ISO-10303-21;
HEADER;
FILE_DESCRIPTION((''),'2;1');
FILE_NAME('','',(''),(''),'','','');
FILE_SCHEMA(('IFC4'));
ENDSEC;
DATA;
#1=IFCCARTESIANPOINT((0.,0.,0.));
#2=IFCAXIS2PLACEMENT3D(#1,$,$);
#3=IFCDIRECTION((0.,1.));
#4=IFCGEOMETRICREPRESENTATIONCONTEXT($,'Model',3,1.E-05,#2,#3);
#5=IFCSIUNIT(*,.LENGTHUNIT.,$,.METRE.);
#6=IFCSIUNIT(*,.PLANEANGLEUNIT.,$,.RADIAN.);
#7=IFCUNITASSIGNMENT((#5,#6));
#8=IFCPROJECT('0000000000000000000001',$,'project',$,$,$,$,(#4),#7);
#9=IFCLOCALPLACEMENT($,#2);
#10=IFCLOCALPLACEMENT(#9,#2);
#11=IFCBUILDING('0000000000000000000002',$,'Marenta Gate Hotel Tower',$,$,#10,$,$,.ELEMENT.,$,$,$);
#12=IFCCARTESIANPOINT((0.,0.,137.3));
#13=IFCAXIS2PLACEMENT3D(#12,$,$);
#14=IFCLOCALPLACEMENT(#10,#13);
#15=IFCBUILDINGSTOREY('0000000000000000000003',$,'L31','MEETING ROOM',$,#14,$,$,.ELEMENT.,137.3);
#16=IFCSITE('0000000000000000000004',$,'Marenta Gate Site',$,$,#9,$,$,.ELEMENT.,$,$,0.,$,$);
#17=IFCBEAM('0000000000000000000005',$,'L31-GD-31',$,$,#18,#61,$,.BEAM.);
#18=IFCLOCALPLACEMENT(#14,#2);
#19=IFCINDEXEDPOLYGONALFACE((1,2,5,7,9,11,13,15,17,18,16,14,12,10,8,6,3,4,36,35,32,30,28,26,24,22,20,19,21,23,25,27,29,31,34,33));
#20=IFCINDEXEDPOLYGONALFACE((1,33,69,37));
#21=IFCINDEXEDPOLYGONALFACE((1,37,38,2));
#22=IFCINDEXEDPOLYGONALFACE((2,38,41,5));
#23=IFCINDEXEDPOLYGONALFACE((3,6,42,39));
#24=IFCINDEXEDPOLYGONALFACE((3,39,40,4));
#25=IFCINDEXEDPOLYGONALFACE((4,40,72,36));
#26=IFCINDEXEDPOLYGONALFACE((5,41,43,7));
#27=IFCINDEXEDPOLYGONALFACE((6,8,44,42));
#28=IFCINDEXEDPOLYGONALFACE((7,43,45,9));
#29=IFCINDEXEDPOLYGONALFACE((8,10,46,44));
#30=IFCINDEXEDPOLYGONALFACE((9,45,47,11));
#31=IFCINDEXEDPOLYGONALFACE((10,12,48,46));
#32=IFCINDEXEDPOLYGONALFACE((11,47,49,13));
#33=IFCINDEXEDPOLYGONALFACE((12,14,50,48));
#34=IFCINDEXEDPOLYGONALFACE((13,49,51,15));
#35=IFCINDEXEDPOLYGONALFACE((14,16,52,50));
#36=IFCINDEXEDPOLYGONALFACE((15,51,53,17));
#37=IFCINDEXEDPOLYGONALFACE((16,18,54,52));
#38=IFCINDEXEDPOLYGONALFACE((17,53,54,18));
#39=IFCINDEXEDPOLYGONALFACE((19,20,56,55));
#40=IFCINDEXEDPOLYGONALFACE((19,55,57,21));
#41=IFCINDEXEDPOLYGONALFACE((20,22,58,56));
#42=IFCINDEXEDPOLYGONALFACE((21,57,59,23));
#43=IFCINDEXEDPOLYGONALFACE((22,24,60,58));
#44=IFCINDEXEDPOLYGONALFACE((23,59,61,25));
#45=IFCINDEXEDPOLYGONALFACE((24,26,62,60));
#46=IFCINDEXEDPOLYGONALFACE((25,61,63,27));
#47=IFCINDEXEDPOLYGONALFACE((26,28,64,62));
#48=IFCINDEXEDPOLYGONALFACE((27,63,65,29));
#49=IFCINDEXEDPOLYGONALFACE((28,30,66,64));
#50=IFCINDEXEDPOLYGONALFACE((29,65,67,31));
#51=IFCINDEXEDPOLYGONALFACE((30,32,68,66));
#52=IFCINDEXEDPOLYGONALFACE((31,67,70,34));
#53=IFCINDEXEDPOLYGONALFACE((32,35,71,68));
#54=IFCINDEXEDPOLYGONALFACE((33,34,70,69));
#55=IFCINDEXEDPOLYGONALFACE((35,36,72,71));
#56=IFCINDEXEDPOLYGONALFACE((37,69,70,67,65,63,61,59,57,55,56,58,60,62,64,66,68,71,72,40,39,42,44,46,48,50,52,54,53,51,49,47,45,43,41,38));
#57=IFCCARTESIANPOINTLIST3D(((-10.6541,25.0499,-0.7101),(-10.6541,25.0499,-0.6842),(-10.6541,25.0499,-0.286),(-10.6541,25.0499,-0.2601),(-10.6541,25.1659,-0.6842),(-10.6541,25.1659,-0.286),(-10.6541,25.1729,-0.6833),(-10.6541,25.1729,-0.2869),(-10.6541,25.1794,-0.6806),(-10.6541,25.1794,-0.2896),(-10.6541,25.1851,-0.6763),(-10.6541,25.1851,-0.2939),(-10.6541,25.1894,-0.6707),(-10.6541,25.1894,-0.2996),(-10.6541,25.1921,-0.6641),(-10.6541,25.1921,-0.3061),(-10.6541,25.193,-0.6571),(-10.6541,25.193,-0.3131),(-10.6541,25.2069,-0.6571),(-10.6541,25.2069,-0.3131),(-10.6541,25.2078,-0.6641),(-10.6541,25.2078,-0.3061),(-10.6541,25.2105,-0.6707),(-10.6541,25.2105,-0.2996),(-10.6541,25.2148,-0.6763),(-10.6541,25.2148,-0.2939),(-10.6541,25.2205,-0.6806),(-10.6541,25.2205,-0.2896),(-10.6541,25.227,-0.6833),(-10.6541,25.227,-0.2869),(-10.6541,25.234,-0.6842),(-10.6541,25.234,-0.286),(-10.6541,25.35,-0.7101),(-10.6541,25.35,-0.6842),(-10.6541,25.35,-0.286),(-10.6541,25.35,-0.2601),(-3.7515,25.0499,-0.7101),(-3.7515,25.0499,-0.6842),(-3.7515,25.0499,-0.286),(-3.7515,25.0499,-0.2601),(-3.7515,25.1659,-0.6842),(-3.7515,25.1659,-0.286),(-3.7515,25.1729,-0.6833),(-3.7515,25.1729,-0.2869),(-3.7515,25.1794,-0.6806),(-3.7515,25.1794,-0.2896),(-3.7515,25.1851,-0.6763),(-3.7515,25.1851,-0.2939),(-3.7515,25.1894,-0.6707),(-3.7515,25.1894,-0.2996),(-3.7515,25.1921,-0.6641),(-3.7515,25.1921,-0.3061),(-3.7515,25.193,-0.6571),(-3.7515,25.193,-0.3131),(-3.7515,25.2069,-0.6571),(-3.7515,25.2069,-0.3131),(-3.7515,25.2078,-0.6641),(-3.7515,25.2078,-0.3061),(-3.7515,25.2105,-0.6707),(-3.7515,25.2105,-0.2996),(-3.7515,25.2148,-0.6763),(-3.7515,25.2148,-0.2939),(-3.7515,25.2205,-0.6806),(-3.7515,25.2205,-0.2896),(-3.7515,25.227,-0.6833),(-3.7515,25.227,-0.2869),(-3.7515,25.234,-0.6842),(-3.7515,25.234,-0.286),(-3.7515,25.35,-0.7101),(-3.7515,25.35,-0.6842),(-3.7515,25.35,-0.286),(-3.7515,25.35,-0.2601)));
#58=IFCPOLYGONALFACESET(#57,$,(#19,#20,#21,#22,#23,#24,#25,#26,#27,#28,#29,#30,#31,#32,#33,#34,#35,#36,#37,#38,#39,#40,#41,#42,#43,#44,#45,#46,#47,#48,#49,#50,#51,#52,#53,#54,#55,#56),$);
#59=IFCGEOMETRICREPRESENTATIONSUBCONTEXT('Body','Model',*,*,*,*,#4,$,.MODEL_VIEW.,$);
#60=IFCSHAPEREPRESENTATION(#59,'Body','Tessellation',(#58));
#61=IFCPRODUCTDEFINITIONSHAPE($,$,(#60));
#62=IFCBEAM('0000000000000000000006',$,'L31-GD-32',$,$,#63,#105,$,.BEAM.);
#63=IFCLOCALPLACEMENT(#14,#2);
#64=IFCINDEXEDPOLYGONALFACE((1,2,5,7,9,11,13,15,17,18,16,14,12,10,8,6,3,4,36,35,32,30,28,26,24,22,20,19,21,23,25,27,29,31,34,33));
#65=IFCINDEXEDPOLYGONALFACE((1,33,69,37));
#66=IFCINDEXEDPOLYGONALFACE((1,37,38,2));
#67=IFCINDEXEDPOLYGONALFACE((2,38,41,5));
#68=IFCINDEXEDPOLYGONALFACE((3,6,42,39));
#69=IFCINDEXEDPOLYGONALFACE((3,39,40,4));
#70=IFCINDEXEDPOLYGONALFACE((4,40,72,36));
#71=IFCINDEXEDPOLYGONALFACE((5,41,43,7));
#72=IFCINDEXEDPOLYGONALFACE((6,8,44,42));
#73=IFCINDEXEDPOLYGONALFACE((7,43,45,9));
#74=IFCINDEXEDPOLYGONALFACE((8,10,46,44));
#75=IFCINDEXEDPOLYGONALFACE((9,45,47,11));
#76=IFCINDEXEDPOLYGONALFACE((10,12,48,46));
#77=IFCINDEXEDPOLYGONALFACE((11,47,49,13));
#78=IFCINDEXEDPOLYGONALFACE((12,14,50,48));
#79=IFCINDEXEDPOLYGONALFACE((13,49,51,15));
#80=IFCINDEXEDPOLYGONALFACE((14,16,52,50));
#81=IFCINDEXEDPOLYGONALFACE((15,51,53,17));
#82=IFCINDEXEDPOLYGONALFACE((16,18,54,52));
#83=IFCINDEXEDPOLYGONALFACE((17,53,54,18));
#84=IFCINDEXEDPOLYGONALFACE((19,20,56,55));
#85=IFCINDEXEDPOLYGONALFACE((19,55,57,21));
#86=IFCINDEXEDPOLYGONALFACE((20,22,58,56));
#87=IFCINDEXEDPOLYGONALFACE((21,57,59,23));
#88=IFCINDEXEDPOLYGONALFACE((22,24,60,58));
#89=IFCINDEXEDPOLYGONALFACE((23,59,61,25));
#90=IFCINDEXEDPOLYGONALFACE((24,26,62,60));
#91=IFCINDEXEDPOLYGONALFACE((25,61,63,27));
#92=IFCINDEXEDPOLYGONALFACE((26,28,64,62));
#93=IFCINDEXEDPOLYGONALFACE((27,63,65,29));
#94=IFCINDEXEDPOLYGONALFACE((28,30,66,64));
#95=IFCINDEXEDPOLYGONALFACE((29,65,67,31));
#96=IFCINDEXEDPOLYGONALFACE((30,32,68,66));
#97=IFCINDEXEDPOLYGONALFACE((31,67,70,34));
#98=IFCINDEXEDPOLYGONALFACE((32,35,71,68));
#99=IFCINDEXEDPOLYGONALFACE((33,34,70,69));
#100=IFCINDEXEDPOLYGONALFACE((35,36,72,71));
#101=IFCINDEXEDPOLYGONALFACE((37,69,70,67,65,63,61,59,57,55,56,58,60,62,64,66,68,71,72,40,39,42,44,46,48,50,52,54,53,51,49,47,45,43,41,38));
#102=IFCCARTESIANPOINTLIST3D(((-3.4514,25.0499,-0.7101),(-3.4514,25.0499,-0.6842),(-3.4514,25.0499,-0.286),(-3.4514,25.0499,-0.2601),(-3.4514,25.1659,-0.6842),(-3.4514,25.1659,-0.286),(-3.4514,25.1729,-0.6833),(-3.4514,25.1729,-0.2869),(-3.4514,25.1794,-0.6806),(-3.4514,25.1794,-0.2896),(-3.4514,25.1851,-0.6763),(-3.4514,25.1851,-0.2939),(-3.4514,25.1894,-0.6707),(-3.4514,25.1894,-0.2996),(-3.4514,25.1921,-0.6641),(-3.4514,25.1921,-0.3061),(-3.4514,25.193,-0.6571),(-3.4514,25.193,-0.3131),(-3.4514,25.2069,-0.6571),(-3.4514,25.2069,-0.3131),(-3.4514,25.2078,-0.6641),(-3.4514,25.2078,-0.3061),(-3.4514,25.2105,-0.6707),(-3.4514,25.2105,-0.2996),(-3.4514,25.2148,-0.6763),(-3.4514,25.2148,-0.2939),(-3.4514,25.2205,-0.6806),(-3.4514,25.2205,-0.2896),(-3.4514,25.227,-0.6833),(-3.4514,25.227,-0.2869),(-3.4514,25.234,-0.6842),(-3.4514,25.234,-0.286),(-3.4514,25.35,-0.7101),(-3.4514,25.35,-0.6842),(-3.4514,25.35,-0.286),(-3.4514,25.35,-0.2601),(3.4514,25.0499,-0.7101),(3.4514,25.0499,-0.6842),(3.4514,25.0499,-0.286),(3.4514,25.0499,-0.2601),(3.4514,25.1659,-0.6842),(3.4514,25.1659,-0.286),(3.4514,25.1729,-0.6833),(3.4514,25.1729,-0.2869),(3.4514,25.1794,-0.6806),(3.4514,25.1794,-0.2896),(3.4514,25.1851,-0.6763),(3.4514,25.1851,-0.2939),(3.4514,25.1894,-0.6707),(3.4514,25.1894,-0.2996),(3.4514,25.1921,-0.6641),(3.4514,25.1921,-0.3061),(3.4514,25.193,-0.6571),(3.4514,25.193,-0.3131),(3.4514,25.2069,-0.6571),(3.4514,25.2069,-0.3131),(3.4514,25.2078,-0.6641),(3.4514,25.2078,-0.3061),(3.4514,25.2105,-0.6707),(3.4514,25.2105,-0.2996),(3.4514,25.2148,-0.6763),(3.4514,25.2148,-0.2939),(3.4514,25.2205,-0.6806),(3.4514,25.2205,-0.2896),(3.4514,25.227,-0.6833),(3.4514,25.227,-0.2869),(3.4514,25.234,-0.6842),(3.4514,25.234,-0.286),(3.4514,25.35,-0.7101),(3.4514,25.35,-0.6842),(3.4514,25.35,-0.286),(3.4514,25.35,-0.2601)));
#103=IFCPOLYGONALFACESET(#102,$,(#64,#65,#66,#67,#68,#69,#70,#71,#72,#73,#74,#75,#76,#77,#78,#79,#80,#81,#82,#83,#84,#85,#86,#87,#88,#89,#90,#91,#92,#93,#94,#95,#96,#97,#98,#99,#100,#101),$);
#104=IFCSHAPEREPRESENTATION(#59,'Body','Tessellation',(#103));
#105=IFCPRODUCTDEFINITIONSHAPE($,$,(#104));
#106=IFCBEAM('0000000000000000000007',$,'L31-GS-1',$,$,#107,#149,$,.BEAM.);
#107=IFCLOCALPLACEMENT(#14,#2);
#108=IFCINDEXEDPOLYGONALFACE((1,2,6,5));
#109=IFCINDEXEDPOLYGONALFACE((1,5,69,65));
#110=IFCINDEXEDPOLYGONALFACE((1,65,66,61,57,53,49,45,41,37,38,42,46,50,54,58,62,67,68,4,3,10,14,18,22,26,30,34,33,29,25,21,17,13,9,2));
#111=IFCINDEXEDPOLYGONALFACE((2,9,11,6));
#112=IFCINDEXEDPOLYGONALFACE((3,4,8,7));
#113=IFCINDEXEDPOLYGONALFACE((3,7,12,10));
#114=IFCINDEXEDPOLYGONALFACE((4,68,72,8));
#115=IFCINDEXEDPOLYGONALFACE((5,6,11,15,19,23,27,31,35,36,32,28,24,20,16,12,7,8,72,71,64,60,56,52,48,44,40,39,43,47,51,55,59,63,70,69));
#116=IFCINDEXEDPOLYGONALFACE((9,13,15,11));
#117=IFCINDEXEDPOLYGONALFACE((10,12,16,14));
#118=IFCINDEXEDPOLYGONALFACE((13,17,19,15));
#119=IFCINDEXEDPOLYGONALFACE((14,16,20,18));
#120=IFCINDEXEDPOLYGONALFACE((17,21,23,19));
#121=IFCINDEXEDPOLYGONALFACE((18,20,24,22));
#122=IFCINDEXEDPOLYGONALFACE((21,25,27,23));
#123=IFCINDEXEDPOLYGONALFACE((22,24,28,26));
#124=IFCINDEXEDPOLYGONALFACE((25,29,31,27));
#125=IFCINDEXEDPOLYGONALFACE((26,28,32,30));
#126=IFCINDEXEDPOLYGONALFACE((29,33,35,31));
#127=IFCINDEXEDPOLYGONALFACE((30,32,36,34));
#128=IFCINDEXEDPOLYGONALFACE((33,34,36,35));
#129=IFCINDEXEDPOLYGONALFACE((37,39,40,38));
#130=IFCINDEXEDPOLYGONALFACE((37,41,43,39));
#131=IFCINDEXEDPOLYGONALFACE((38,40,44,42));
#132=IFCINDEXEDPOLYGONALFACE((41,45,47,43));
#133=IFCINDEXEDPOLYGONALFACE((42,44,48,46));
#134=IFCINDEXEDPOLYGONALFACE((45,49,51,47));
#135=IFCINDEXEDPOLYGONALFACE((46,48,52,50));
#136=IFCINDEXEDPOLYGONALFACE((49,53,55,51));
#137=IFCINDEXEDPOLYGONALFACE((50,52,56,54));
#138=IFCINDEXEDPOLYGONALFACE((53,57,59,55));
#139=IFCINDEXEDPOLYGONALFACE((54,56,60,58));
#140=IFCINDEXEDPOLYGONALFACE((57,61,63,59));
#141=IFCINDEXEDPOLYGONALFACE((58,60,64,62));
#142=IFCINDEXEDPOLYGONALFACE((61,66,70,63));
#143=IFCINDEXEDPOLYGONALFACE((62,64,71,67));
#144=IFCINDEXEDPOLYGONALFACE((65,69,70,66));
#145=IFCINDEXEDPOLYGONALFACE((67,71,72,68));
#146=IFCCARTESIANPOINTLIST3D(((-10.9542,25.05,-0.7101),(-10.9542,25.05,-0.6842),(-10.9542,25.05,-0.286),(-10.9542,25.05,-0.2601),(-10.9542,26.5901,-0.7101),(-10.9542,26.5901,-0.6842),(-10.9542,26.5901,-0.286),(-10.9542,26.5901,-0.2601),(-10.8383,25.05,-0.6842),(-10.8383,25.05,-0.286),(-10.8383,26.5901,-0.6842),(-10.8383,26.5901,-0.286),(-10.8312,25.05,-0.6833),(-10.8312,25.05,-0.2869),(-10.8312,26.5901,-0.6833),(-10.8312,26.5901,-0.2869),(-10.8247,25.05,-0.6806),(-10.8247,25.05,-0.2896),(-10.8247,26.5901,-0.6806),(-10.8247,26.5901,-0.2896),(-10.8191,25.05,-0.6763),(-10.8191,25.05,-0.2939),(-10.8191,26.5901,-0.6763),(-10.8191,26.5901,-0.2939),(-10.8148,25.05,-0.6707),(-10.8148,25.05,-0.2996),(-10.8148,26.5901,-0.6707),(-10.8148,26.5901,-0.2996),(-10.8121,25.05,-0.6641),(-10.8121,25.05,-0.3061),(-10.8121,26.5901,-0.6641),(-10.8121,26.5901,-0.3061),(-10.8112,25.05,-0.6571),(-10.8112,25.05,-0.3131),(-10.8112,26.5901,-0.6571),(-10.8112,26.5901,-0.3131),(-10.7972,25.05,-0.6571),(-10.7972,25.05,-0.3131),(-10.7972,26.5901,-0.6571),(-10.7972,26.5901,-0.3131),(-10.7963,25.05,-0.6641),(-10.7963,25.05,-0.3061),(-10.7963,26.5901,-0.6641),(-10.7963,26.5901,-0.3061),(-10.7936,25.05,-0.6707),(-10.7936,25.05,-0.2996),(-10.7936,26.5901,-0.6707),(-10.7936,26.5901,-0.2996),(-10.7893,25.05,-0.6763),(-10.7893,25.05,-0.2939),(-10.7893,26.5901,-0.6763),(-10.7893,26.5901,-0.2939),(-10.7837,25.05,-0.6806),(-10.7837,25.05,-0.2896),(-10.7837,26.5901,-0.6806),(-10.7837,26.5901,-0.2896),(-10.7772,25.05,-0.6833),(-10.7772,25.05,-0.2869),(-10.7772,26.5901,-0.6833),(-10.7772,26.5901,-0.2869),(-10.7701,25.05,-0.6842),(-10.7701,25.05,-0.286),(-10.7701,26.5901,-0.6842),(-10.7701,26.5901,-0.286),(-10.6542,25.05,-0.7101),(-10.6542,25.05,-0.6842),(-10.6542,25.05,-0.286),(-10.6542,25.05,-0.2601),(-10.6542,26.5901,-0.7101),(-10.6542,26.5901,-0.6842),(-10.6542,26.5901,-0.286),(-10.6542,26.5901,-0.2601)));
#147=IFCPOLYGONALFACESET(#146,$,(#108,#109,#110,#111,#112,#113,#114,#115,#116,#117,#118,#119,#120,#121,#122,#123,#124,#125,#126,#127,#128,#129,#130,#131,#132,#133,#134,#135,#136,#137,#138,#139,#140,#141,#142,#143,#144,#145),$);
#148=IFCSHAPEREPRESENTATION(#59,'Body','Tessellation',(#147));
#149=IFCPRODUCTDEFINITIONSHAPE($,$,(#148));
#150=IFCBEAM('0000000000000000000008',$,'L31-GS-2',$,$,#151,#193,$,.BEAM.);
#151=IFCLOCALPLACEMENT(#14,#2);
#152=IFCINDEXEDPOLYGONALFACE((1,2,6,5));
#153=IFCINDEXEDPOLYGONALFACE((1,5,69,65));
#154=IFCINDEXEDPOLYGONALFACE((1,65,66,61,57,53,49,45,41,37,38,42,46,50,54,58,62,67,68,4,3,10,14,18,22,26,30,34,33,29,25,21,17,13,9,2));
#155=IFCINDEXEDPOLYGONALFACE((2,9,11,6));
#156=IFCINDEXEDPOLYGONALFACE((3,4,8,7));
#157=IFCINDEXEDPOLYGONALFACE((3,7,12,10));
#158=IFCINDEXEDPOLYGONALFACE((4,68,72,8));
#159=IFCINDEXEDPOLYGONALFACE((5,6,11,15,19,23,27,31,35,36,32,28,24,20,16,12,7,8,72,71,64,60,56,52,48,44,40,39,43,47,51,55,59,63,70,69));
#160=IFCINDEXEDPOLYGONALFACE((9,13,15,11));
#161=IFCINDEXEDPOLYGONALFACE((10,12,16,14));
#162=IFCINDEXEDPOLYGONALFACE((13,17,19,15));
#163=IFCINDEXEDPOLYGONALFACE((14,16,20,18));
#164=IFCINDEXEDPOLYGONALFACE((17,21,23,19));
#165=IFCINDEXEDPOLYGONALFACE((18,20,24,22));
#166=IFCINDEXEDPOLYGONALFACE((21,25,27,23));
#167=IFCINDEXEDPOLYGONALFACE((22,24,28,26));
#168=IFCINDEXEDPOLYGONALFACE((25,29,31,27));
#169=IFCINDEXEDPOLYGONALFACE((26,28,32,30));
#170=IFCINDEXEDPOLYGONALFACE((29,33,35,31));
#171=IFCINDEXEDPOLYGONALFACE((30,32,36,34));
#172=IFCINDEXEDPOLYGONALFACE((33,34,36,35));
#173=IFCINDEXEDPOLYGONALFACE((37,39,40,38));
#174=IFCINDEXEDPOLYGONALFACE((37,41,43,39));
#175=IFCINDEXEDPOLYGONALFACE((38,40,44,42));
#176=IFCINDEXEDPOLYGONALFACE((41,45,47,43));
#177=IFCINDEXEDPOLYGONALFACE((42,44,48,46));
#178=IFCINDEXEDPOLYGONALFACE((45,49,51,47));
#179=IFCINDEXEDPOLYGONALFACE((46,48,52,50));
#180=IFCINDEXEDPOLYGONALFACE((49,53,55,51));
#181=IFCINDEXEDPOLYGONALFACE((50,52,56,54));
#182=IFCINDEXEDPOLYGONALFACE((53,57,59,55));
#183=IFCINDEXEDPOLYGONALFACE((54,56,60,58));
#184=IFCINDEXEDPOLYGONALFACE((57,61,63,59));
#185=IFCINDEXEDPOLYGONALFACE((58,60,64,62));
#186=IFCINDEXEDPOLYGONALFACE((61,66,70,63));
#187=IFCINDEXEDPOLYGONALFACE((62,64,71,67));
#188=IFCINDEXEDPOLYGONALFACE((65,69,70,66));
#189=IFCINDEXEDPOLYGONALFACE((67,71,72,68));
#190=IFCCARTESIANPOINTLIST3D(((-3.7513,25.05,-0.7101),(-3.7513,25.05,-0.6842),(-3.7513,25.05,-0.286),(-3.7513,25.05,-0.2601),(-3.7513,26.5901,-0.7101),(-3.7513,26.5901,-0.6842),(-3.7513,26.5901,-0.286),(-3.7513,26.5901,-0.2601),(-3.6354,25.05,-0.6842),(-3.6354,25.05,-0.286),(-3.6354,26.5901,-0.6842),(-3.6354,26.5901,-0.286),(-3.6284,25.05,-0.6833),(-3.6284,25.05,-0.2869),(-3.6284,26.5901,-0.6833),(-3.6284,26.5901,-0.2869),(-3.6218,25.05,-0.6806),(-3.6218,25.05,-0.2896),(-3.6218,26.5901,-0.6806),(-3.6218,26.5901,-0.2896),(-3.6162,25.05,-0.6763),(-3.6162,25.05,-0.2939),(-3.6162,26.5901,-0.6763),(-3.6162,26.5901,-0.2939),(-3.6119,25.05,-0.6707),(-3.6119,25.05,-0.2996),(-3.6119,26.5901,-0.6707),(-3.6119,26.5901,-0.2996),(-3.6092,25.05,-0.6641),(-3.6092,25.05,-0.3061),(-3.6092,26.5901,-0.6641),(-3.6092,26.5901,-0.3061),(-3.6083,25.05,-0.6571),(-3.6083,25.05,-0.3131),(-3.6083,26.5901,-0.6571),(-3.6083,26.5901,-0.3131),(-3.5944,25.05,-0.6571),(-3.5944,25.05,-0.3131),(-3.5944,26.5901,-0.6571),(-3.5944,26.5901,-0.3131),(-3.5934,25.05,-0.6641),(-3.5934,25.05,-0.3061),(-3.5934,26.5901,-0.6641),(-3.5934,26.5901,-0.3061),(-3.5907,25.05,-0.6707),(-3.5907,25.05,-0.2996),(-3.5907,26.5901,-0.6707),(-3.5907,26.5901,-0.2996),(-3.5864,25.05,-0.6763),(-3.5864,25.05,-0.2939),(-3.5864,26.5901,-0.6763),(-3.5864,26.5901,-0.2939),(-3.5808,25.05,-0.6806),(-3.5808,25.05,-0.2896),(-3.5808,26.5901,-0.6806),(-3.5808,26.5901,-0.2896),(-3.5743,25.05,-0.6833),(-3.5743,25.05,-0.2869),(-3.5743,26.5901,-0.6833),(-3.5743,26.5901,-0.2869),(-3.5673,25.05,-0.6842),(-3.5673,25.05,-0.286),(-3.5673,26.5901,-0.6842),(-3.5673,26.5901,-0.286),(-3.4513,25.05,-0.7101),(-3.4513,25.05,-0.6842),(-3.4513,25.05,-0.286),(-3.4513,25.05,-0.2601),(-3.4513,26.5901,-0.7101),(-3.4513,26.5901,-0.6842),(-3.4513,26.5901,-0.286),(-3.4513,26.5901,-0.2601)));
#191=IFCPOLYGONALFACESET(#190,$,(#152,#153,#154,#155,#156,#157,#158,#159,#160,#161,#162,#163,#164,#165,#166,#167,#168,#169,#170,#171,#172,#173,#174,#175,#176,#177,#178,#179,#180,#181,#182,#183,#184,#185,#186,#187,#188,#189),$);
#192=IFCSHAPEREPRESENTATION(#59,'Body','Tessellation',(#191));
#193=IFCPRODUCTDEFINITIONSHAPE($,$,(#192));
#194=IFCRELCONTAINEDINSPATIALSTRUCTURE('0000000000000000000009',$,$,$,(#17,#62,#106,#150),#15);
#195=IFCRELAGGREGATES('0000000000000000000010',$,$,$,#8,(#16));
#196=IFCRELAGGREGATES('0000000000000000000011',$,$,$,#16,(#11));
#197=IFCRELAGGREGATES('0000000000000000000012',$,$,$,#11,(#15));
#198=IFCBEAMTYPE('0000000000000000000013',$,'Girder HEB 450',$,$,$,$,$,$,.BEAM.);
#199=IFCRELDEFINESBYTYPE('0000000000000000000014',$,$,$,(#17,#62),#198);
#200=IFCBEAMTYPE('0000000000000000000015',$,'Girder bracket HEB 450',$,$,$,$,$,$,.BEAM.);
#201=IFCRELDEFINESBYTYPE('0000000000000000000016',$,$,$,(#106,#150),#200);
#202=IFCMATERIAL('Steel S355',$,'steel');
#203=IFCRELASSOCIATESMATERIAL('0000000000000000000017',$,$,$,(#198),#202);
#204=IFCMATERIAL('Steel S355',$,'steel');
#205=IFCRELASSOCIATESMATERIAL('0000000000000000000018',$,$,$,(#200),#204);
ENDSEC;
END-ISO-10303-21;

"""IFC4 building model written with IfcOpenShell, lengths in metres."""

from ifc_helpers import new_model, si_unit, direction, frame, origin, origin_2d, place, context, subcontext, project, spatial, i_section, extrude, material, material_profile, profile_set, type_object, element, save


model = new_model("IFC4")

# Units and contexts
model_context = context("Model", 3, precision=1e-05, world=origin(), true_north=direction((0.0, 1.0)))
body_context = subcontext(model_context, "Body", "Model", "MODEL_VIEW")
ifc_project = project(units=[si_unit("LENGTHUNIT", "METRE"), si_unit("PLANEANGLEUNIT", "RADIAN")], contexts=[model_context])

# Site, building, storey
site_placement = place(None, origin())
site = spatial("IfcSite", under=ifc_project, at=site_placement, Name="Marenta Gate Site", CompositionType="ELEMENT", RefElevation=0.0)
building_placement = place(site_placement, origin())
building = spatial("IfcBuilding", under=site, at=building_placement, Name="Marenta Gate Hotel Tower", CompositionType="ELEMENT")
storey_placement = place(building_placement, frame((0.0, 0.0, 137.3)))
storey = spatial("IfcBuildingStorey", under=building, at=storey_placement, Name="L31", Description="MEETING ROOM", CompositionType="ELEMENT", Elevation=137.3)

# Beams
ifc_material_1 = material(Name="Steel S355", Category="steel")
ifc_material_profile_1 = material_profile(ifc_material_1, i_section(OverallWidth=0.3, OverallDepth=0.45, WebThickness=0.0139, FlangeThickness=0.0259, FilletRadius=0.0271, at=origin_2d()), Name="HEB 450")
ifc_profile_set_1 = profile_set([ifc_material_profile_1], Name="Steel S355")
beam_type_1 = type_object("IfcBeamType", Name="Girder HEB 450", PredefinedType="BEAM", material=ifc_profile_set_1)
beam_1_placement = place(storey_placement, frame((-10.6541, 25.2, -0.4851), z_axis=(1.0, 0.0, 0.0), x_axis=(0.0, 1.0, 0.0)))
element("IfcBeam", 1, at=beam_1_placement, inside=storey, type_object=beam_type_1, Name="L31-GD-31", PredefinedType="BEAM", context=body_context, shape_type="SweptSolid", body=[
    extrude(i_section(OverallWidth=0.3, OverallDepth=0.45, WebThickness=0.0139, FlangeThickness=0.0259, FilletRadius=0.0271, at=origin_2d()), origin(), (0.0, 0.0, 1.0), 6.9026),
])
beam_2_placement = place(storey_placement, frame((-3.4514, 25.2, -0.4851), z_axis=(1.0, 0.0, 0.0), x_axis=(0.0, 1.0, 0.0)))
element("IfcBeam", 2, at=beam_2_placement, inside=storey, type_object=beam_type_1, Name="L31-GD-32", PredefinedType="BEAM", context=body_context, shape_type="SweptSolid", body=[
    extrude(i_section(OverallWidth=0.3, OverallDepth=0.45, WebThickness=0.0139, FlangeThickness=0.0259, FilletRadius=0.0271, at=origin_2d()), origin(), (0.0, 0.0, 1.0), 6.9028),
])
ifc_material_2 = material(Name="Steel S355", Category="steel")
ifc_material_profile_2 = material_profile(ifc_material_2, i_section(OverallWidth=0.3, OverallDepth=0.45, WebThickness=0.0139, FlangeThickness=0.0259, FilletRadius=0.0271, at=origin_2d()), Name="HEB 450")
ifc_profile_set_2 = profile_set([ifc_material_profile_2], Name="Steel S355")
beam_type_2 = type_object("IfcBeamType", Name="Girder bracket HEB 450", PredefinedType="BEAM", material=ifc_profile_set_2)
for number, where, z_axis, x_axis, name in (
    (3, (-10.8042, 25.05, -0.4851), (0.0, 1.0, 0.0), (-1.0, 0.0, 0.0), "L31-GS-1"),
    (4, (-3.6013, 25.05, -0.4851), (0.0, 1.0, 0.0), (-1.0, 0.0, 0.0), "L31-GS-2"),
):
    element("IfcBeam", number, at=place(storey_placement, frame(where, z_axis=z_axis, x_axis=x_axis)), inside=storey, type_object=beam_type_2, Name=name, PredefinedType="BEAM", context=body_context, shape_type="SweptSolid", body=[
        extrude(i_section(OverallWidth=0.3, OverallDepth=0.45, WebThickness=0.0139, FlangeThickness=0.0259, FilletRadius=0.0271, at=origin_2d()), origin(), (0.0, 0.0, 1.0), 1.54),
    ])

save(model, "model.ifc")
